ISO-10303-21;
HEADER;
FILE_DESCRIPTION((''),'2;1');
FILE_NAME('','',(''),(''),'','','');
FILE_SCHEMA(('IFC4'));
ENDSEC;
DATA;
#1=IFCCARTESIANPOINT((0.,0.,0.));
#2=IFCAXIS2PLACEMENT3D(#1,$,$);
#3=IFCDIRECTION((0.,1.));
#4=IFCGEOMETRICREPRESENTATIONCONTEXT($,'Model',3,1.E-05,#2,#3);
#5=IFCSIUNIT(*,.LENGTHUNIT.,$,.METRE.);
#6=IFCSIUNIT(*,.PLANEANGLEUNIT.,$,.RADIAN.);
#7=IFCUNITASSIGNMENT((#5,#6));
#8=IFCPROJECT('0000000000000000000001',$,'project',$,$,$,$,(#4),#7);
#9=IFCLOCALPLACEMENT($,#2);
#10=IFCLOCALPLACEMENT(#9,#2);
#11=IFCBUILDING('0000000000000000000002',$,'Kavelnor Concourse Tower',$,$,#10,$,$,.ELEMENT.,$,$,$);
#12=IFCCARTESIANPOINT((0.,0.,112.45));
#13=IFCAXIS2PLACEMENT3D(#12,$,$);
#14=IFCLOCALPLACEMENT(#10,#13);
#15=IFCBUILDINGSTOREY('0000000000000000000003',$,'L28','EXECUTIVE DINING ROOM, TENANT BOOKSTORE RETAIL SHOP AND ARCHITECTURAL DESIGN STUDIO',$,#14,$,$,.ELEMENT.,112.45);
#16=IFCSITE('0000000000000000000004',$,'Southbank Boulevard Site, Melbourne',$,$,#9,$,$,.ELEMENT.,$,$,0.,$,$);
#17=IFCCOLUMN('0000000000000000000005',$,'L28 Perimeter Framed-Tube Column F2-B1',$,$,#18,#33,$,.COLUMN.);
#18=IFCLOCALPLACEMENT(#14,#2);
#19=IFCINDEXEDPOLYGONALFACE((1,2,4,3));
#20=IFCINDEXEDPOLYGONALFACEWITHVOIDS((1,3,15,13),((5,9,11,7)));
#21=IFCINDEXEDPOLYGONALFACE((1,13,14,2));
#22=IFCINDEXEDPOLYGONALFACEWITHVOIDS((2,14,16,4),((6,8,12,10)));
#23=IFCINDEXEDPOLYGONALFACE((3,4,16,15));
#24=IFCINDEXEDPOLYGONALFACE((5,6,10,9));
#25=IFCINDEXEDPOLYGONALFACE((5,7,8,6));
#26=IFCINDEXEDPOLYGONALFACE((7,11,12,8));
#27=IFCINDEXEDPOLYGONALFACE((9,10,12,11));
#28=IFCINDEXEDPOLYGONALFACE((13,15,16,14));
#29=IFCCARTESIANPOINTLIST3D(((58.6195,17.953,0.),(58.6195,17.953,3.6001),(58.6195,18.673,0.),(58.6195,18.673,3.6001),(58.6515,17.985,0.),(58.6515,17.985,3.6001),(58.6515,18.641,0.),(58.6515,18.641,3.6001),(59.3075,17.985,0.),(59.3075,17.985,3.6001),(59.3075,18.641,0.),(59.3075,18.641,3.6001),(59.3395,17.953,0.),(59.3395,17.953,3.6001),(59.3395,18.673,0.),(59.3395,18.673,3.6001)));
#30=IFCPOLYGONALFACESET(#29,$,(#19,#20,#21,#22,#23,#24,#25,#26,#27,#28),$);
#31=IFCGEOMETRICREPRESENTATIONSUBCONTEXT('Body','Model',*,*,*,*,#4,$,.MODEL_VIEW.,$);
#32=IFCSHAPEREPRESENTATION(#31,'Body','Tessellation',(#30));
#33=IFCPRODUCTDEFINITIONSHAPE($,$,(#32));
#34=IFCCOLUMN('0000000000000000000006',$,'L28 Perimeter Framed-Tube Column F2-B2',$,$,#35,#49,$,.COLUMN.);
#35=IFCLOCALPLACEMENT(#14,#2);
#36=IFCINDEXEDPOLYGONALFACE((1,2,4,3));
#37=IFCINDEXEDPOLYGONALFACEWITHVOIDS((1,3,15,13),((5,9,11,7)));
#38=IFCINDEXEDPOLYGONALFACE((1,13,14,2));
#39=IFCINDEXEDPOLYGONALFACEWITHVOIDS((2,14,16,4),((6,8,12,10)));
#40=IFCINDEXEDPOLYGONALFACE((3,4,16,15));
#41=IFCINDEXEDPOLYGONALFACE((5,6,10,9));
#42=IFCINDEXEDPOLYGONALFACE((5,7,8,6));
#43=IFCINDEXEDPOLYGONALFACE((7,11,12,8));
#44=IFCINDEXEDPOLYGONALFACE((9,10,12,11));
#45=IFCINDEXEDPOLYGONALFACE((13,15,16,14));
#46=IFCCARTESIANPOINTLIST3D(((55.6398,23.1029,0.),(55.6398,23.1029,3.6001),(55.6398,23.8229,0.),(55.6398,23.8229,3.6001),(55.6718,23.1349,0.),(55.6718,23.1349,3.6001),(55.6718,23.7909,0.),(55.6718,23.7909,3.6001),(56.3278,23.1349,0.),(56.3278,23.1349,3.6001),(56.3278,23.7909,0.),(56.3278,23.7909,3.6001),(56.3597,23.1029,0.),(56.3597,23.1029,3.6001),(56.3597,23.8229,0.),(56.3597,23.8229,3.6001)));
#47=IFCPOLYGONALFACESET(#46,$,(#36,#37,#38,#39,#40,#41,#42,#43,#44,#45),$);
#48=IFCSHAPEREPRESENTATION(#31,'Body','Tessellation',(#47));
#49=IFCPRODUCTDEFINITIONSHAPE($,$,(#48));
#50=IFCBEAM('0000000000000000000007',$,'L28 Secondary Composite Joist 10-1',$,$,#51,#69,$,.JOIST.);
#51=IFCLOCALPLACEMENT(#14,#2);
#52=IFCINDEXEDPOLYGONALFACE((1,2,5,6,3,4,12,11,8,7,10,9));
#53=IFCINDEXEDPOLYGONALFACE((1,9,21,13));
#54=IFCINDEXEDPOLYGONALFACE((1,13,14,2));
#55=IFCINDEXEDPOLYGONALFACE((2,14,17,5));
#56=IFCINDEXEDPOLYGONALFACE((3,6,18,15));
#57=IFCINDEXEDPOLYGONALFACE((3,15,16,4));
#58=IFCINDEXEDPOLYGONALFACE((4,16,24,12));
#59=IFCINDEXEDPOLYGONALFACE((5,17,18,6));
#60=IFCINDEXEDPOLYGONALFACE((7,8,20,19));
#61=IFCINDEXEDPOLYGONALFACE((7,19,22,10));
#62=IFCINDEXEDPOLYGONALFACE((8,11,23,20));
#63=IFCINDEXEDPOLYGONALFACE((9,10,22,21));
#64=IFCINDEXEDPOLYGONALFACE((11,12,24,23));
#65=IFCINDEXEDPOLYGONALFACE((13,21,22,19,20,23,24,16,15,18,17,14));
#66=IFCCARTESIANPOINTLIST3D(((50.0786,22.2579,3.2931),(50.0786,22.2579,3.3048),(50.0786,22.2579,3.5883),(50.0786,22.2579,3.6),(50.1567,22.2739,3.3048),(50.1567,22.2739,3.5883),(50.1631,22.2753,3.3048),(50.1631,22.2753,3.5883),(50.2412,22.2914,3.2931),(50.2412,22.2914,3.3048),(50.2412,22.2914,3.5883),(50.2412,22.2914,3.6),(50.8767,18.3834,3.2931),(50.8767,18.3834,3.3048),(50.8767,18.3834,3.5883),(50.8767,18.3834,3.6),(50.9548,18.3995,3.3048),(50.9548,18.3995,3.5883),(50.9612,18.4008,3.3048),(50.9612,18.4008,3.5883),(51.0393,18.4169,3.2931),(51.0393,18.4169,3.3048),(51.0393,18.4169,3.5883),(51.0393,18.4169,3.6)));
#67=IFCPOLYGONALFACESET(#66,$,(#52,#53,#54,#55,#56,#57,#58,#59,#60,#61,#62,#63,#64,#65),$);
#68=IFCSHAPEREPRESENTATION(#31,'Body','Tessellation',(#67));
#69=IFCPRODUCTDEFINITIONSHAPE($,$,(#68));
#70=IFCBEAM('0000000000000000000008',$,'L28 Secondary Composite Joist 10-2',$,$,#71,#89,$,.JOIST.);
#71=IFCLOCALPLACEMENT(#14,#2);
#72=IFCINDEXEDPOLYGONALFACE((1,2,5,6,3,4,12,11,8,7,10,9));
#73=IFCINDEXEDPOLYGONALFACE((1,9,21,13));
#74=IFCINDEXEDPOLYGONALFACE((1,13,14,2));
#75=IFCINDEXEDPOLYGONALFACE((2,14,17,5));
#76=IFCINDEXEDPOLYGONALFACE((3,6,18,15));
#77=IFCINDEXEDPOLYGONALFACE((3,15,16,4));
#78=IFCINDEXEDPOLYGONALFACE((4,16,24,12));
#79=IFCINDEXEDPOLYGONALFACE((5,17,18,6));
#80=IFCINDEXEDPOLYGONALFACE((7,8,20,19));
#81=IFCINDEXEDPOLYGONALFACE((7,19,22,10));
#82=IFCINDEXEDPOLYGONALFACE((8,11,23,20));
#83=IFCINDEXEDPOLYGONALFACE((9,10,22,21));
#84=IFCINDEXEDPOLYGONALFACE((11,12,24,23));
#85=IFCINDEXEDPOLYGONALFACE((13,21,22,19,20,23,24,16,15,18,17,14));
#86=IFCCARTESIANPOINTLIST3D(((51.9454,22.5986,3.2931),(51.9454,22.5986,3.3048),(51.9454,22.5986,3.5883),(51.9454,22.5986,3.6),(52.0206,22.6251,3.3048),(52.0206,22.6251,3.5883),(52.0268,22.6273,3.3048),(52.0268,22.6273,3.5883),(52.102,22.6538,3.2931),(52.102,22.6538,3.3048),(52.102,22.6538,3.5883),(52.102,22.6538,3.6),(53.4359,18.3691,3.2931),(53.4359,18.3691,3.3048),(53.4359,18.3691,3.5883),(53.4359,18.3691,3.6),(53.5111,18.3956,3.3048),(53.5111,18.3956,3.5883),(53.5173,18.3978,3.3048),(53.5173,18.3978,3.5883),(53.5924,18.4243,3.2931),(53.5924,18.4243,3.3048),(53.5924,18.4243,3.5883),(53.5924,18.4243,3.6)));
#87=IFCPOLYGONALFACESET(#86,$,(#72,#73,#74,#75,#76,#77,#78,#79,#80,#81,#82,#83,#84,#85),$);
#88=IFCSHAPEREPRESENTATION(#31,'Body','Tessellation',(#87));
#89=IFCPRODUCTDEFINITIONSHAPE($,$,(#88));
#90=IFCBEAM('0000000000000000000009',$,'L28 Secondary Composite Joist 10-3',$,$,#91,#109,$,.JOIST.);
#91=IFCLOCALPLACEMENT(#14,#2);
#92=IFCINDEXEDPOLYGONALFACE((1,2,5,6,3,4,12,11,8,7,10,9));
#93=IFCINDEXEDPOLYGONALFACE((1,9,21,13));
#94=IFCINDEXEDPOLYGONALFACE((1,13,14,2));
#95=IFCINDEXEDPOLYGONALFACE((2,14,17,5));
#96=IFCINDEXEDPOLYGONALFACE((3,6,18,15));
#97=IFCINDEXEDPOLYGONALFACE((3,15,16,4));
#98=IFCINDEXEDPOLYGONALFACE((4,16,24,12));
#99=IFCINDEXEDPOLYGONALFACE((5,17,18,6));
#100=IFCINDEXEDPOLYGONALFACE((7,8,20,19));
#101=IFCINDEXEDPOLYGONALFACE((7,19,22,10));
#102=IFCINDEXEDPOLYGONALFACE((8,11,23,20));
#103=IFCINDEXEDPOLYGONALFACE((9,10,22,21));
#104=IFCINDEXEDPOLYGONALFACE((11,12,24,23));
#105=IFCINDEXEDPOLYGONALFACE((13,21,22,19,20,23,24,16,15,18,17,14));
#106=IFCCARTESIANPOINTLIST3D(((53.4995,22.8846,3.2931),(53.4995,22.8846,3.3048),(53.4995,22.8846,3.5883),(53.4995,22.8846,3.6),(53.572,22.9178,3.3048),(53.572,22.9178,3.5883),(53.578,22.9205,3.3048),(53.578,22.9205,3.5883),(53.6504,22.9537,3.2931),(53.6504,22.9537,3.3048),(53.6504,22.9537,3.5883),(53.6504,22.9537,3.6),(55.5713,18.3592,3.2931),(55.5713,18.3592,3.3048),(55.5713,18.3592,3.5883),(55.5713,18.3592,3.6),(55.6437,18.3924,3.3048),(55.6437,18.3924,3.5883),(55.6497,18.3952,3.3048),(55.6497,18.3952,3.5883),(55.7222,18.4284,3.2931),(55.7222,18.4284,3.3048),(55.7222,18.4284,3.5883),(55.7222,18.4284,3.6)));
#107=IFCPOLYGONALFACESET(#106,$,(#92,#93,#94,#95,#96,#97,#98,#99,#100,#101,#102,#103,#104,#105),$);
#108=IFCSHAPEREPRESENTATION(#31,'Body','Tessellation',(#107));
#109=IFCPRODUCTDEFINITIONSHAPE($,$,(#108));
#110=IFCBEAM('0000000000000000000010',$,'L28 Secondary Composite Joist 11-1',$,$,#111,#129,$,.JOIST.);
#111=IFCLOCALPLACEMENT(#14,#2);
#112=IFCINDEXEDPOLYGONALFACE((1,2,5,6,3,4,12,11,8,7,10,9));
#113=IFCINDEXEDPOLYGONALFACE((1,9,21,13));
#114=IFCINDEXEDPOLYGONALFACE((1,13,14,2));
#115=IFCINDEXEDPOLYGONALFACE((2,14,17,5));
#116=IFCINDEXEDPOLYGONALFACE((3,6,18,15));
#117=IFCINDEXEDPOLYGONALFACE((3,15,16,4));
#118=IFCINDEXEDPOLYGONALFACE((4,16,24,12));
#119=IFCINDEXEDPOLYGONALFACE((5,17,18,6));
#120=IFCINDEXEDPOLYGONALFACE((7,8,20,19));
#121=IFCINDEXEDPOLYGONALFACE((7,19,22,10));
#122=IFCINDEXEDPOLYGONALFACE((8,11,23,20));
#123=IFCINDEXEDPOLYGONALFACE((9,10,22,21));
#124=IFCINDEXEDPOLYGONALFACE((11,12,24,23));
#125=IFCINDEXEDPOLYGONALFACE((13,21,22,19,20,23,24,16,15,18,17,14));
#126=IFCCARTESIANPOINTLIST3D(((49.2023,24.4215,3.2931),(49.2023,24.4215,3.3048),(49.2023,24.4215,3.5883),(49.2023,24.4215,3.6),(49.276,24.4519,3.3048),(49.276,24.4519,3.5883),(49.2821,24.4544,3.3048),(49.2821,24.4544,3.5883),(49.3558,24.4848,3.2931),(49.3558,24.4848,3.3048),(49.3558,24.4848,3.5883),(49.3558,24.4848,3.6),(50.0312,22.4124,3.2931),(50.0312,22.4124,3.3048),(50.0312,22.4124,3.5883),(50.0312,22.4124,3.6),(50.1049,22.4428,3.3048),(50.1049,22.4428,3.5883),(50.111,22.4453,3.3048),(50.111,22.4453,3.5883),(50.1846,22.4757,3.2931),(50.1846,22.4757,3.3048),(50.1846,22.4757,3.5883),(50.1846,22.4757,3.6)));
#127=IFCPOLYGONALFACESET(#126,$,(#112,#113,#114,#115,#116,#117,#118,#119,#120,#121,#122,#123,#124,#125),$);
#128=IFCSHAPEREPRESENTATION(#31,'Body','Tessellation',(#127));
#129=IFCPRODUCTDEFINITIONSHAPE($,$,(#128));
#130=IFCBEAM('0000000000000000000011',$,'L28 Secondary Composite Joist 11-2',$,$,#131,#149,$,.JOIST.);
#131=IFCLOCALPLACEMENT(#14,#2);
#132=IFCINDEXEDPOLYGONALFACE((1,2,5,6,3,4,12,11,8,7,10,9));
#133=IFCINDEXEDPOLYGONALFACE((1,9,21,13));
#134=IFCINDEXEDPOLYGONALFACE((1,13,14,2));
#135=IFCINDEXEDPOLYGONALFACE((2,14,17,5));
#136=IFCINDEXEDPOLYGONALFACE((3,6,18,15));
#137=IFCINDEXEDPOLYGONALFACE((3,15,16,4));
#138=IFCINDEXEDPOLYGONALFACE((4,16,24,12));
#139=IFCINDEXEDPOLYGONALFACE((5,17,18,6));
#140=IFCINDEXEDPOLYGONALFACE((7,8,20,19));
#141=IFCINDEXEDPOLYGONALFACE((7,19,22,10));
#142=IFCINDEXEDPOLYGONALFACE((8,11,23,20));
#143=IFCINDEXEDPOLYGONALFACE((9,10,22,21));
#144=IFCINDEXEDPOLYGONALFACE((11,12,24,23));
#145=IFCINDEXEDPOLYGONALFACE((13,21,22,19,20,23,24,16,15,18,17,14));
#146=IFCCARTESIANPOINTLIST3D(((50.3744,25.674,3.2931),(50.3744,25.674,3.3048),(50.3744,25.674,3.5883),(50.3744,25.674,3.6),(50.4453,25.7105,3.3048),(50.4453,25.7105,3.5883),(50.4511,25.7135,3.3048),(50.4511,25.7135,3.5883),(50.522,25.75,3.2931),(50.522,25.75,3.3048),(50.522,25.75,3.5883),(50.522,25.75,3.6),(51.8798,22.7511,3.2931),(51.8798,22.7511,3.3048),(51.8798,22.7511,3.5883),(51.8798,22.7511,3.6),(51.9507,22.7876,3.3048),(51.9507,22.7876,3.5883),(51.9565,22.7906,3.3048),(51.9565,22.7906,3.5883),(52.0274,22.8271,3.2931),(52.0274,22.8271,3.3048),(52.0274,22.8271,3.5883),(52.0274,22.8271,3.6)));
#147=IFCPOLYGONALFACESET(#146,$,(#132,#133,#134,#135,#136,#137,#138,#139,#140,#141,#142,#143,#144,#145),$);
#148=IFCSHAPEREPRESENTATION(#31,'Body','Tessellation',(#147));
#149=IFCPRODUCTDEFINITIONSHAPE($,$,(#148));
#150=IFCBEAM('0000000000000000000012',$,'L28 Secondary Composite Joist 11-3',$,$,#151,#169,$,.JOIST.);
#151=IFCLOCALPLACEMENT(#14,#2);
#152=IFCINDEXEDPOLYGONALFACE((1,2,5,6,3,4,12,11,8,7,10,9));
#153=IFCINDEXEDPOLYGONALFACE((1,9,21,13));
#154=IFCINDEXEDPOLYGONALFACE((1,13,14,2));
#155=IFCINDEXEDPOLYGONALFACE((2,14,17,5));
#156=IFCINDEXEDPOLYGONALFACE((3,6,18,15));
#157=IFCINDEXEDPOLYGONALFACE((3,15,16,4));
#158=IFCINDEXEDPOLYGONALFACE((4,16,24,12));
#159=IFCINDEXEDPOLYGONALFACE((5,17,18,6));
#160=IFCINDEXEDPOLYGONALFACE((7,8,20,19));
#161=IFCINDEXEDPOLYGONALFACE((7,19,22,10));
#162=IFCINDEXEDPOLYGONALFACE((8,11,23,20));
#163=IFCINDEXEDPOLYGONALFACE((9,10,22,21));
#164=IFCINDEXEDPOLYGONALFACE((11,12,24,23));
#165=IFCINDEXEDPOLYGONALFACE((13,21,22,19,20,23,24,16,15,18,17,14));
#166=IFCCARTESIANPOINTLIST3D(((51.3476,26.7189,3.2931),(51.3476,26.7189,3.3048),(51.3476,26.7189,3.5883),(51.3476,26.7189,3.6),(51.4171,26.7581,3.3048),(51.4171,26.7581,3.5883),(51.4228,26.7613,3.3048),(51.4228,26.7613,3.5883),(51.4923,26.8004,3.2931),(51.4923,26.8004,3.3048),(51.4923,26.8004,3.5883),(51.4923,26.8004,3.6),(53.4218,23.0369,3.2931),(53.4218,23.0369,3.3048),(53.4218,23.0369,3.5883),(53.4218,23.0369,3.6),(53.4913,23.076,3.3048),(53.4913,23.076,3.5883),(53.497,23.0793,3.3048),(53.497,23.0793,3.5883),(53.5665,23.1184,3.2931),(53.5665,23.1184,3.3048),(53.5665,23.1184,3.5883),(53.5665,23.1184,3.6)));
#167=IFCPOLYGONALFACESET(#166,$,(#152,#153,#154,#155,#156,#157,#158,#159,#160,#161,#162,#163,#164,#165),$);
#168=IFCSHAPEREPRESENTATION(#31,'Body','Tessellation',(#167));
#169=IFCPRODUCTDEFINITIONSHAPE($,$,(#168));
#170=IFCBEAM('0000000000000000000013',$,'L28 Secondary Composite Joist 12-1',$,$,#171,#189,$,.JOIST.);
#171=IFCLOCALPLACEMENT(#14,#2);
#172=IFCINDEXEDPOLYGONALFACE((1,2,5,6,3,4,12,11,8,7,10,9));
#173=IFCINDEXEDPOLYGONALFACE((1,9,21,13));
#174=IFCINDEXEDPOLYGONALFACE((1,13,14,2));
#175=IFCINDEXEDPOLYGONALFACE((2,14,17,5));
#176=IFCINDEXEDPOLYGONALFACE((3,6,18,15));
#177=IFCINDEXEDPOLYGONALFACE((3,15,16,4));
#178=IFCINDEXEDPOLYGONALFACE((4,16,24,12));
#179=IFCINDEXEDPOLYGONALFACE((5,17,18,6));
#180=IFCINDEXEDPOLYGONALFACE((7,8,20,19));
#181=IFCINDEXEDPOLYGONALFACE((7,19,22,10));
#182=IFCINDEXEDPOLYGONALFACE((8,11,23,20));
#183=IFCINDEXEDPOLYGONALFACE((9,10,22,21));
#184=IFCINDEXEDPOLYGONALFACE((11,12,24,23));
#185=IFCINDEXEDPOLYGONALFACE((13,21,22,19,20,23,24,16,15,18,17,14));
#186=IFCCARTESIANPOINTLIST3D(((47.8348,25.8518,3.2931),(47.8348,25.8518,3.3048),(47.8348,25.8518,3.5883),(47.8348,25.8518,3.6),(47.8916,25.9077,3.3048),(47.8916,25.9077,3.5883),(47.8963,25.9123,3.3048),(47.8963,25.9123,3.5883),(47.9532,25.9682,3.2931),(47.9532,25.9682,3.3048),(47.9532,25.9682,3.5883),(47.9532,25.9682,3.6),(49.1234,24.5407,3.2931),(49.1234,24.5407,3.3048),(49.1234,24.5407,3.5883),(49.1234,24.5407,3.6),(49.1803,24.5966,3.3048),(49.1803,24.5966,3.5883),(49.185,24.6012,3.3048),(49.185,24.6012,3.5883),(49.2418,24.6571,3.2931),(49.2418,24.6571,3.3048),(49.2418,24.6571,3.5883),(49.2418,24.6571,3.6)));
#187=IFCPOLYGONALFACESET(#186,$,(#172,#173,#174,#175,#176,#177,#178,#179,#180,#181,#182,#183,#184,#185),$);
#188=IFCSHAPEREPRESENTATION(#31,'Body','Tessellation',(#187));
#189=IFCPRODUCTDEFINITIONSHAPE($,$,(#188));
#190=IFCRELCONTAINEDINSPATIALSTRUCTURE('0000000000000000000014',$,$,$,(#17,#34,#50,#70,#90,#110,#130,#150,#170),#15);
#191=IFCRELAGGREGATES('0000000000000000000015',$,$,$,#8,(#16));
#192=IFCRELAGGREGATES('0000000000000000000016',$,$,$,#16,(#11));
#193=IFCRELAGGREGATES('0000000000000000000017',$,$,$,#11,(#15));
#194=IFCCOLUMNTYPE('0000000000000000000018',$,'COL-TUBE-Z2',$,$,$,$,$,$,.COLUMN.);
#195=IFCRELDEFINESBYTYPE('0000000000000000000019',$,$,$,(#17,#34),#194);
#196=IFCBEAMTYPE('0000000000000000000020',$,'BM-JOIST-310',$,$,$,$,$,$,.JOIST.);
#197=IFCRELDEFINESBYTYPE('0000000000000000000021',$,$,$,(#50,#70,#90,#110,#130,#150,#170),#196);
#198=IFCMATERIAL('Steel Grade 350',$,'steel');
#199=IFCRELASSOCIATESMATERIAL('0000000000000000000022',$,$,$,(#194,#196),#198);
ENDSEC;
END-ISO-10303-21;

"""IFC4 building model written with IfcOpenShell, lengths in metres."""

from ifc_helpers import new_model, si_unit, direction, frame, origin, origin_2d, place, context, subcontext, project, spatial, hollow_rectangle, i_section, extrude, material, material_profile, profile_set, type_object, element, save


model = new_model("IFC4")

# Units and contexts
model_context = context("Model", 3, precision=1e-05, world=origin(), true_north=direction((0.0, 1.0)))
body_context = subcontext(model_context, "Body", "Model", "MODEL_VIEW")
ifc_project = project(units=[si_unit("LENGTHUNIT", "METRE"), si_unit("PLANEANGLEUNIT", "RADIAN")], contexts=[model_context])

# Site, building, storey
site_placement = place(None, origin())
site = spatial("IfcSite", under=ifc_project, at=site_placement, Name="Southbank Boulevard Site, Melbourne", CompositionType="ELEMENT", RefElevation=0.0)
building_placement = place(site_placement, origin())
building = spatial("IfcBuilding", under=site, at=building_placement, Name="Kavelnor Concourse Tower", CompositionType="ELEMENT")
storey_placement = place(building_placement, frame((0.0, 0.0, 112.45)))
storey = spatial("IfcBuildingStorey", under=building, at=storey_placement, Name="L28", Description="EXECUTIVE DINING ROOM, TENANT BOOKSTORE RETAIL SHOP AND ARCHITECTURAL DESIGN STUDIO", CompositionType="ELEMENT", Elevation=112.45)

# Columns
ifc_material_1 = material(Name="Steel Grade 350", Category="steel")
ifc_material_profile_1 = material_profile(ifc_material_1, hollow_rectangle(XDim=0.72, YDim=0.72, WallThickness=0.032, at=origin_2d()), Name="SHS 720x720x32")
ifc_profile_set_1 = profile_set([ifc_material_profile_1], Name="Steel Grade 350")
column_type = type_object("IfcColumnType", Name="COL-TUBE-Z2", PredefinedType="COLUMN", material=ifc_profile_set_1)
for number, where, z_axis, x_axis, name in (
    (1, (58.9795, 18.313, 0.0), (0.0, 0.0, 1.0), (1.0, 0.0, 0.0), "L28 Perimeter Framed-Tube Column F2-B1"),
    (2, (55.9998, 23.4629, 0.0), (0.0, 0.0, 1.0), (1.0, 0.0, 0.0), "L28 Perimeter Framed-Tube Column F2-B2"),
):
    element("IfcColumn", number, at=place(storey_placement, frame(where, z_axis=z_axis, x_axis=x_axis)), inside=storey, type_object=column_type, Name=name, PredefinedType="COLUMN", context=body_context, shape_type="SweptSolid", body=[
        extrude(hollow_rectangle(XDim=0.72, YDim=0.72, WallThickness=0.032, at=origin_2d()), origin(), (0.0, 0.0, 1.0), 3.6001),
    ])

# Beams
ifc_material_profile_2 = material_profile(ifc_material_1, i_section(OverallWidth=0.166, OverallDepth=0.3069, WebThickness=0.0066, FlangeThickness=0.0117, at=origin_2d()), Name="310UB46")
ifc_profile_set_2 = profile_set([ifc_material_profile_2], Name="Steel Grade 350")
beam_type_1 = type_object("IfcBeamType", Name="BM-JOIST-310", PredefinedType="JOIST", material=ifc_profile_set_2)
beam_1_placement = place(storey_placement, frame((50.958, 18.4001, 3.4465), z_axis=(-0.20175, 0.979437, 0.0), x_axis=(-0.979437, -0.20175, 0.0)))
element("IfcBeam", 3, at=beam_1_placement, inside=storey, type_object=beam_type_1, Name="L28 Secondary Composite Joist 10-1", PredefinedType="JOIST", context=body_context, shape_type="SweptSolid", body=[
    extrude(i_section(OverallWidth=0.166, OverallDepth=0.3069, WebThickness=0.0066, FlangeThickness=0.0117, at=origin_2d()), origin(), (0.0, 0.0, 1.0), 3.9558),
])
beam_2_placement = place(storey_placement, frame((53.5142, 18.3967, 3.4465), z_axis=(-0.332367, 0.94315, 0.0), x_axis=(-0.94315, -0.332367, 0.0)))
element("IfcBeam", 4, at=beam_2_placement, inside=storey, type_object=beam_type_1, Name="L28 Secondary Composite Joist 10-2", PredefinedType="JOIST", context=body_context, shape_type="SweptSolid", body=[
    extrude(i_section(OverallWidth=0.166, OverallDepth=0.3069, WebThickness=0.0066, FlangeThickness=0.0117, at=origin_2d()), origin(), (0.0, 0.0, 1.0), 4.4844),
])
beam_3_placement = place(storey_placement, frame((55.6467, 18.3938, 3.4465), z_axis=(-0.416263, 0.909244, 0.0), x_axis=(-0.909244, -0.416263, 0.0)))
element("IfcBeam", 5, at=beam_3_placement, inside=storey, type_object=beam_type_1, Name="L28 Secondary Composite Joist 10-3", PredefinedType="JOIST", context=body_context, shape_type="SweptSolid", body=[
    extrude(i_section(OverallWidth=0.166, OverallDepth=0.3069, WebThickness=0.0066, FlangeThickness=0.0117, at=origin_2d()), origin(), (0.0, 0.0, 1.0), 4.9771),
])
beam_4_placement = place(storey_placement, frame((50.1079, 22.4441, 3.4465), z_axis=(-0.381383, 0.924417, 0.0), x_axis=(-0.924417, -0.381383, 0.0)))
element("IfcBeam", 6, at=beam_4_placement, inside=storey, type_object=beam_type_1, Name="L28 Secondary Composite Joist 11-1", PredefinedType="JOIST", context=body_context, shape_type="SweptSolid", body=[
    extrude(i_section(OverallWidth=0.166, OverallDepth=0.3069, WebThickness=0.0066, FlangeThickness=0.0117, at=origin_2d()), origin(), (0.0, 0.0, 1.0), 2.1733),
])
beam_5_placement = place(storey_placement, frame((51.9536, 22.7891, 3.4465), z_axis=(-0.457875, 0.889017, 0.0), x_axis=(-0.889017, -0.457875, 0.0)))
element("IfcBeam", 7, at=beam_5_placement, inside=storey, type_object=beam_type_1, Name="L28 Secondary Composite Joist 11-2", PredefinedType="JOIST", context=body_context, shape_type="SweptSolid", body=[
    extrude(i_section(OverallWidth=0.166, OverallDepth=0.3069, WebThickness=0.0066, FlangeThickness=0.0117, at=origin_2d()), origin(), (0.0, 0.0, 1.0), 3.2878),
])
beam_6_placement = place(storey_placement, frame((53.4941, 23.0776, 3.4465), z_axis=(-0.490804, 0.87127, 0.0), x_axis=(-0.87127, -0.490804, 0.0)))
element("IfcBeam", 8, at=beam_6_placement, inside=storey, type_object=beam_type_1, Name="L28 Secondary Composite Joist 11-3", PredefinedType="JOIST", context=body_context, shape_type="SweptSolid", body=[
    extrude(i_section(OverallWidth=0.166, OverallDepth=0.3069, WebThickness=0.0066, FlangeThickness=0.0117, at=origin_2d()), origin(), (0.0, 0.0, 1.0), 4.2261),
])
beam_7_placement = place(storey_placement, frame((49.1826, 24.5989, 3.4465), z_axis=(-0.700971, 0.71319, 0.0), x_axis=(-0.71319, -0.700971, 0.0)))
element("IfcBeam", 9, at=beam_7_placement, inside=storey, type_object=beam_type_1, Name="L28 Secondary Composite Joist 12-1", PredefinedType="JOIST", context=body_context, shape_type="SweptSolid", body=[
    extrude(i_section(OverallWidth=0.166, OverallDepth=0.3069, WebThickness=0.0066, FlangeThickness=0.0117, at=origin_2d()), origin(), (0.0, 0.0, 1.0), 1.8384),
])

save(model, "model.ifc")
